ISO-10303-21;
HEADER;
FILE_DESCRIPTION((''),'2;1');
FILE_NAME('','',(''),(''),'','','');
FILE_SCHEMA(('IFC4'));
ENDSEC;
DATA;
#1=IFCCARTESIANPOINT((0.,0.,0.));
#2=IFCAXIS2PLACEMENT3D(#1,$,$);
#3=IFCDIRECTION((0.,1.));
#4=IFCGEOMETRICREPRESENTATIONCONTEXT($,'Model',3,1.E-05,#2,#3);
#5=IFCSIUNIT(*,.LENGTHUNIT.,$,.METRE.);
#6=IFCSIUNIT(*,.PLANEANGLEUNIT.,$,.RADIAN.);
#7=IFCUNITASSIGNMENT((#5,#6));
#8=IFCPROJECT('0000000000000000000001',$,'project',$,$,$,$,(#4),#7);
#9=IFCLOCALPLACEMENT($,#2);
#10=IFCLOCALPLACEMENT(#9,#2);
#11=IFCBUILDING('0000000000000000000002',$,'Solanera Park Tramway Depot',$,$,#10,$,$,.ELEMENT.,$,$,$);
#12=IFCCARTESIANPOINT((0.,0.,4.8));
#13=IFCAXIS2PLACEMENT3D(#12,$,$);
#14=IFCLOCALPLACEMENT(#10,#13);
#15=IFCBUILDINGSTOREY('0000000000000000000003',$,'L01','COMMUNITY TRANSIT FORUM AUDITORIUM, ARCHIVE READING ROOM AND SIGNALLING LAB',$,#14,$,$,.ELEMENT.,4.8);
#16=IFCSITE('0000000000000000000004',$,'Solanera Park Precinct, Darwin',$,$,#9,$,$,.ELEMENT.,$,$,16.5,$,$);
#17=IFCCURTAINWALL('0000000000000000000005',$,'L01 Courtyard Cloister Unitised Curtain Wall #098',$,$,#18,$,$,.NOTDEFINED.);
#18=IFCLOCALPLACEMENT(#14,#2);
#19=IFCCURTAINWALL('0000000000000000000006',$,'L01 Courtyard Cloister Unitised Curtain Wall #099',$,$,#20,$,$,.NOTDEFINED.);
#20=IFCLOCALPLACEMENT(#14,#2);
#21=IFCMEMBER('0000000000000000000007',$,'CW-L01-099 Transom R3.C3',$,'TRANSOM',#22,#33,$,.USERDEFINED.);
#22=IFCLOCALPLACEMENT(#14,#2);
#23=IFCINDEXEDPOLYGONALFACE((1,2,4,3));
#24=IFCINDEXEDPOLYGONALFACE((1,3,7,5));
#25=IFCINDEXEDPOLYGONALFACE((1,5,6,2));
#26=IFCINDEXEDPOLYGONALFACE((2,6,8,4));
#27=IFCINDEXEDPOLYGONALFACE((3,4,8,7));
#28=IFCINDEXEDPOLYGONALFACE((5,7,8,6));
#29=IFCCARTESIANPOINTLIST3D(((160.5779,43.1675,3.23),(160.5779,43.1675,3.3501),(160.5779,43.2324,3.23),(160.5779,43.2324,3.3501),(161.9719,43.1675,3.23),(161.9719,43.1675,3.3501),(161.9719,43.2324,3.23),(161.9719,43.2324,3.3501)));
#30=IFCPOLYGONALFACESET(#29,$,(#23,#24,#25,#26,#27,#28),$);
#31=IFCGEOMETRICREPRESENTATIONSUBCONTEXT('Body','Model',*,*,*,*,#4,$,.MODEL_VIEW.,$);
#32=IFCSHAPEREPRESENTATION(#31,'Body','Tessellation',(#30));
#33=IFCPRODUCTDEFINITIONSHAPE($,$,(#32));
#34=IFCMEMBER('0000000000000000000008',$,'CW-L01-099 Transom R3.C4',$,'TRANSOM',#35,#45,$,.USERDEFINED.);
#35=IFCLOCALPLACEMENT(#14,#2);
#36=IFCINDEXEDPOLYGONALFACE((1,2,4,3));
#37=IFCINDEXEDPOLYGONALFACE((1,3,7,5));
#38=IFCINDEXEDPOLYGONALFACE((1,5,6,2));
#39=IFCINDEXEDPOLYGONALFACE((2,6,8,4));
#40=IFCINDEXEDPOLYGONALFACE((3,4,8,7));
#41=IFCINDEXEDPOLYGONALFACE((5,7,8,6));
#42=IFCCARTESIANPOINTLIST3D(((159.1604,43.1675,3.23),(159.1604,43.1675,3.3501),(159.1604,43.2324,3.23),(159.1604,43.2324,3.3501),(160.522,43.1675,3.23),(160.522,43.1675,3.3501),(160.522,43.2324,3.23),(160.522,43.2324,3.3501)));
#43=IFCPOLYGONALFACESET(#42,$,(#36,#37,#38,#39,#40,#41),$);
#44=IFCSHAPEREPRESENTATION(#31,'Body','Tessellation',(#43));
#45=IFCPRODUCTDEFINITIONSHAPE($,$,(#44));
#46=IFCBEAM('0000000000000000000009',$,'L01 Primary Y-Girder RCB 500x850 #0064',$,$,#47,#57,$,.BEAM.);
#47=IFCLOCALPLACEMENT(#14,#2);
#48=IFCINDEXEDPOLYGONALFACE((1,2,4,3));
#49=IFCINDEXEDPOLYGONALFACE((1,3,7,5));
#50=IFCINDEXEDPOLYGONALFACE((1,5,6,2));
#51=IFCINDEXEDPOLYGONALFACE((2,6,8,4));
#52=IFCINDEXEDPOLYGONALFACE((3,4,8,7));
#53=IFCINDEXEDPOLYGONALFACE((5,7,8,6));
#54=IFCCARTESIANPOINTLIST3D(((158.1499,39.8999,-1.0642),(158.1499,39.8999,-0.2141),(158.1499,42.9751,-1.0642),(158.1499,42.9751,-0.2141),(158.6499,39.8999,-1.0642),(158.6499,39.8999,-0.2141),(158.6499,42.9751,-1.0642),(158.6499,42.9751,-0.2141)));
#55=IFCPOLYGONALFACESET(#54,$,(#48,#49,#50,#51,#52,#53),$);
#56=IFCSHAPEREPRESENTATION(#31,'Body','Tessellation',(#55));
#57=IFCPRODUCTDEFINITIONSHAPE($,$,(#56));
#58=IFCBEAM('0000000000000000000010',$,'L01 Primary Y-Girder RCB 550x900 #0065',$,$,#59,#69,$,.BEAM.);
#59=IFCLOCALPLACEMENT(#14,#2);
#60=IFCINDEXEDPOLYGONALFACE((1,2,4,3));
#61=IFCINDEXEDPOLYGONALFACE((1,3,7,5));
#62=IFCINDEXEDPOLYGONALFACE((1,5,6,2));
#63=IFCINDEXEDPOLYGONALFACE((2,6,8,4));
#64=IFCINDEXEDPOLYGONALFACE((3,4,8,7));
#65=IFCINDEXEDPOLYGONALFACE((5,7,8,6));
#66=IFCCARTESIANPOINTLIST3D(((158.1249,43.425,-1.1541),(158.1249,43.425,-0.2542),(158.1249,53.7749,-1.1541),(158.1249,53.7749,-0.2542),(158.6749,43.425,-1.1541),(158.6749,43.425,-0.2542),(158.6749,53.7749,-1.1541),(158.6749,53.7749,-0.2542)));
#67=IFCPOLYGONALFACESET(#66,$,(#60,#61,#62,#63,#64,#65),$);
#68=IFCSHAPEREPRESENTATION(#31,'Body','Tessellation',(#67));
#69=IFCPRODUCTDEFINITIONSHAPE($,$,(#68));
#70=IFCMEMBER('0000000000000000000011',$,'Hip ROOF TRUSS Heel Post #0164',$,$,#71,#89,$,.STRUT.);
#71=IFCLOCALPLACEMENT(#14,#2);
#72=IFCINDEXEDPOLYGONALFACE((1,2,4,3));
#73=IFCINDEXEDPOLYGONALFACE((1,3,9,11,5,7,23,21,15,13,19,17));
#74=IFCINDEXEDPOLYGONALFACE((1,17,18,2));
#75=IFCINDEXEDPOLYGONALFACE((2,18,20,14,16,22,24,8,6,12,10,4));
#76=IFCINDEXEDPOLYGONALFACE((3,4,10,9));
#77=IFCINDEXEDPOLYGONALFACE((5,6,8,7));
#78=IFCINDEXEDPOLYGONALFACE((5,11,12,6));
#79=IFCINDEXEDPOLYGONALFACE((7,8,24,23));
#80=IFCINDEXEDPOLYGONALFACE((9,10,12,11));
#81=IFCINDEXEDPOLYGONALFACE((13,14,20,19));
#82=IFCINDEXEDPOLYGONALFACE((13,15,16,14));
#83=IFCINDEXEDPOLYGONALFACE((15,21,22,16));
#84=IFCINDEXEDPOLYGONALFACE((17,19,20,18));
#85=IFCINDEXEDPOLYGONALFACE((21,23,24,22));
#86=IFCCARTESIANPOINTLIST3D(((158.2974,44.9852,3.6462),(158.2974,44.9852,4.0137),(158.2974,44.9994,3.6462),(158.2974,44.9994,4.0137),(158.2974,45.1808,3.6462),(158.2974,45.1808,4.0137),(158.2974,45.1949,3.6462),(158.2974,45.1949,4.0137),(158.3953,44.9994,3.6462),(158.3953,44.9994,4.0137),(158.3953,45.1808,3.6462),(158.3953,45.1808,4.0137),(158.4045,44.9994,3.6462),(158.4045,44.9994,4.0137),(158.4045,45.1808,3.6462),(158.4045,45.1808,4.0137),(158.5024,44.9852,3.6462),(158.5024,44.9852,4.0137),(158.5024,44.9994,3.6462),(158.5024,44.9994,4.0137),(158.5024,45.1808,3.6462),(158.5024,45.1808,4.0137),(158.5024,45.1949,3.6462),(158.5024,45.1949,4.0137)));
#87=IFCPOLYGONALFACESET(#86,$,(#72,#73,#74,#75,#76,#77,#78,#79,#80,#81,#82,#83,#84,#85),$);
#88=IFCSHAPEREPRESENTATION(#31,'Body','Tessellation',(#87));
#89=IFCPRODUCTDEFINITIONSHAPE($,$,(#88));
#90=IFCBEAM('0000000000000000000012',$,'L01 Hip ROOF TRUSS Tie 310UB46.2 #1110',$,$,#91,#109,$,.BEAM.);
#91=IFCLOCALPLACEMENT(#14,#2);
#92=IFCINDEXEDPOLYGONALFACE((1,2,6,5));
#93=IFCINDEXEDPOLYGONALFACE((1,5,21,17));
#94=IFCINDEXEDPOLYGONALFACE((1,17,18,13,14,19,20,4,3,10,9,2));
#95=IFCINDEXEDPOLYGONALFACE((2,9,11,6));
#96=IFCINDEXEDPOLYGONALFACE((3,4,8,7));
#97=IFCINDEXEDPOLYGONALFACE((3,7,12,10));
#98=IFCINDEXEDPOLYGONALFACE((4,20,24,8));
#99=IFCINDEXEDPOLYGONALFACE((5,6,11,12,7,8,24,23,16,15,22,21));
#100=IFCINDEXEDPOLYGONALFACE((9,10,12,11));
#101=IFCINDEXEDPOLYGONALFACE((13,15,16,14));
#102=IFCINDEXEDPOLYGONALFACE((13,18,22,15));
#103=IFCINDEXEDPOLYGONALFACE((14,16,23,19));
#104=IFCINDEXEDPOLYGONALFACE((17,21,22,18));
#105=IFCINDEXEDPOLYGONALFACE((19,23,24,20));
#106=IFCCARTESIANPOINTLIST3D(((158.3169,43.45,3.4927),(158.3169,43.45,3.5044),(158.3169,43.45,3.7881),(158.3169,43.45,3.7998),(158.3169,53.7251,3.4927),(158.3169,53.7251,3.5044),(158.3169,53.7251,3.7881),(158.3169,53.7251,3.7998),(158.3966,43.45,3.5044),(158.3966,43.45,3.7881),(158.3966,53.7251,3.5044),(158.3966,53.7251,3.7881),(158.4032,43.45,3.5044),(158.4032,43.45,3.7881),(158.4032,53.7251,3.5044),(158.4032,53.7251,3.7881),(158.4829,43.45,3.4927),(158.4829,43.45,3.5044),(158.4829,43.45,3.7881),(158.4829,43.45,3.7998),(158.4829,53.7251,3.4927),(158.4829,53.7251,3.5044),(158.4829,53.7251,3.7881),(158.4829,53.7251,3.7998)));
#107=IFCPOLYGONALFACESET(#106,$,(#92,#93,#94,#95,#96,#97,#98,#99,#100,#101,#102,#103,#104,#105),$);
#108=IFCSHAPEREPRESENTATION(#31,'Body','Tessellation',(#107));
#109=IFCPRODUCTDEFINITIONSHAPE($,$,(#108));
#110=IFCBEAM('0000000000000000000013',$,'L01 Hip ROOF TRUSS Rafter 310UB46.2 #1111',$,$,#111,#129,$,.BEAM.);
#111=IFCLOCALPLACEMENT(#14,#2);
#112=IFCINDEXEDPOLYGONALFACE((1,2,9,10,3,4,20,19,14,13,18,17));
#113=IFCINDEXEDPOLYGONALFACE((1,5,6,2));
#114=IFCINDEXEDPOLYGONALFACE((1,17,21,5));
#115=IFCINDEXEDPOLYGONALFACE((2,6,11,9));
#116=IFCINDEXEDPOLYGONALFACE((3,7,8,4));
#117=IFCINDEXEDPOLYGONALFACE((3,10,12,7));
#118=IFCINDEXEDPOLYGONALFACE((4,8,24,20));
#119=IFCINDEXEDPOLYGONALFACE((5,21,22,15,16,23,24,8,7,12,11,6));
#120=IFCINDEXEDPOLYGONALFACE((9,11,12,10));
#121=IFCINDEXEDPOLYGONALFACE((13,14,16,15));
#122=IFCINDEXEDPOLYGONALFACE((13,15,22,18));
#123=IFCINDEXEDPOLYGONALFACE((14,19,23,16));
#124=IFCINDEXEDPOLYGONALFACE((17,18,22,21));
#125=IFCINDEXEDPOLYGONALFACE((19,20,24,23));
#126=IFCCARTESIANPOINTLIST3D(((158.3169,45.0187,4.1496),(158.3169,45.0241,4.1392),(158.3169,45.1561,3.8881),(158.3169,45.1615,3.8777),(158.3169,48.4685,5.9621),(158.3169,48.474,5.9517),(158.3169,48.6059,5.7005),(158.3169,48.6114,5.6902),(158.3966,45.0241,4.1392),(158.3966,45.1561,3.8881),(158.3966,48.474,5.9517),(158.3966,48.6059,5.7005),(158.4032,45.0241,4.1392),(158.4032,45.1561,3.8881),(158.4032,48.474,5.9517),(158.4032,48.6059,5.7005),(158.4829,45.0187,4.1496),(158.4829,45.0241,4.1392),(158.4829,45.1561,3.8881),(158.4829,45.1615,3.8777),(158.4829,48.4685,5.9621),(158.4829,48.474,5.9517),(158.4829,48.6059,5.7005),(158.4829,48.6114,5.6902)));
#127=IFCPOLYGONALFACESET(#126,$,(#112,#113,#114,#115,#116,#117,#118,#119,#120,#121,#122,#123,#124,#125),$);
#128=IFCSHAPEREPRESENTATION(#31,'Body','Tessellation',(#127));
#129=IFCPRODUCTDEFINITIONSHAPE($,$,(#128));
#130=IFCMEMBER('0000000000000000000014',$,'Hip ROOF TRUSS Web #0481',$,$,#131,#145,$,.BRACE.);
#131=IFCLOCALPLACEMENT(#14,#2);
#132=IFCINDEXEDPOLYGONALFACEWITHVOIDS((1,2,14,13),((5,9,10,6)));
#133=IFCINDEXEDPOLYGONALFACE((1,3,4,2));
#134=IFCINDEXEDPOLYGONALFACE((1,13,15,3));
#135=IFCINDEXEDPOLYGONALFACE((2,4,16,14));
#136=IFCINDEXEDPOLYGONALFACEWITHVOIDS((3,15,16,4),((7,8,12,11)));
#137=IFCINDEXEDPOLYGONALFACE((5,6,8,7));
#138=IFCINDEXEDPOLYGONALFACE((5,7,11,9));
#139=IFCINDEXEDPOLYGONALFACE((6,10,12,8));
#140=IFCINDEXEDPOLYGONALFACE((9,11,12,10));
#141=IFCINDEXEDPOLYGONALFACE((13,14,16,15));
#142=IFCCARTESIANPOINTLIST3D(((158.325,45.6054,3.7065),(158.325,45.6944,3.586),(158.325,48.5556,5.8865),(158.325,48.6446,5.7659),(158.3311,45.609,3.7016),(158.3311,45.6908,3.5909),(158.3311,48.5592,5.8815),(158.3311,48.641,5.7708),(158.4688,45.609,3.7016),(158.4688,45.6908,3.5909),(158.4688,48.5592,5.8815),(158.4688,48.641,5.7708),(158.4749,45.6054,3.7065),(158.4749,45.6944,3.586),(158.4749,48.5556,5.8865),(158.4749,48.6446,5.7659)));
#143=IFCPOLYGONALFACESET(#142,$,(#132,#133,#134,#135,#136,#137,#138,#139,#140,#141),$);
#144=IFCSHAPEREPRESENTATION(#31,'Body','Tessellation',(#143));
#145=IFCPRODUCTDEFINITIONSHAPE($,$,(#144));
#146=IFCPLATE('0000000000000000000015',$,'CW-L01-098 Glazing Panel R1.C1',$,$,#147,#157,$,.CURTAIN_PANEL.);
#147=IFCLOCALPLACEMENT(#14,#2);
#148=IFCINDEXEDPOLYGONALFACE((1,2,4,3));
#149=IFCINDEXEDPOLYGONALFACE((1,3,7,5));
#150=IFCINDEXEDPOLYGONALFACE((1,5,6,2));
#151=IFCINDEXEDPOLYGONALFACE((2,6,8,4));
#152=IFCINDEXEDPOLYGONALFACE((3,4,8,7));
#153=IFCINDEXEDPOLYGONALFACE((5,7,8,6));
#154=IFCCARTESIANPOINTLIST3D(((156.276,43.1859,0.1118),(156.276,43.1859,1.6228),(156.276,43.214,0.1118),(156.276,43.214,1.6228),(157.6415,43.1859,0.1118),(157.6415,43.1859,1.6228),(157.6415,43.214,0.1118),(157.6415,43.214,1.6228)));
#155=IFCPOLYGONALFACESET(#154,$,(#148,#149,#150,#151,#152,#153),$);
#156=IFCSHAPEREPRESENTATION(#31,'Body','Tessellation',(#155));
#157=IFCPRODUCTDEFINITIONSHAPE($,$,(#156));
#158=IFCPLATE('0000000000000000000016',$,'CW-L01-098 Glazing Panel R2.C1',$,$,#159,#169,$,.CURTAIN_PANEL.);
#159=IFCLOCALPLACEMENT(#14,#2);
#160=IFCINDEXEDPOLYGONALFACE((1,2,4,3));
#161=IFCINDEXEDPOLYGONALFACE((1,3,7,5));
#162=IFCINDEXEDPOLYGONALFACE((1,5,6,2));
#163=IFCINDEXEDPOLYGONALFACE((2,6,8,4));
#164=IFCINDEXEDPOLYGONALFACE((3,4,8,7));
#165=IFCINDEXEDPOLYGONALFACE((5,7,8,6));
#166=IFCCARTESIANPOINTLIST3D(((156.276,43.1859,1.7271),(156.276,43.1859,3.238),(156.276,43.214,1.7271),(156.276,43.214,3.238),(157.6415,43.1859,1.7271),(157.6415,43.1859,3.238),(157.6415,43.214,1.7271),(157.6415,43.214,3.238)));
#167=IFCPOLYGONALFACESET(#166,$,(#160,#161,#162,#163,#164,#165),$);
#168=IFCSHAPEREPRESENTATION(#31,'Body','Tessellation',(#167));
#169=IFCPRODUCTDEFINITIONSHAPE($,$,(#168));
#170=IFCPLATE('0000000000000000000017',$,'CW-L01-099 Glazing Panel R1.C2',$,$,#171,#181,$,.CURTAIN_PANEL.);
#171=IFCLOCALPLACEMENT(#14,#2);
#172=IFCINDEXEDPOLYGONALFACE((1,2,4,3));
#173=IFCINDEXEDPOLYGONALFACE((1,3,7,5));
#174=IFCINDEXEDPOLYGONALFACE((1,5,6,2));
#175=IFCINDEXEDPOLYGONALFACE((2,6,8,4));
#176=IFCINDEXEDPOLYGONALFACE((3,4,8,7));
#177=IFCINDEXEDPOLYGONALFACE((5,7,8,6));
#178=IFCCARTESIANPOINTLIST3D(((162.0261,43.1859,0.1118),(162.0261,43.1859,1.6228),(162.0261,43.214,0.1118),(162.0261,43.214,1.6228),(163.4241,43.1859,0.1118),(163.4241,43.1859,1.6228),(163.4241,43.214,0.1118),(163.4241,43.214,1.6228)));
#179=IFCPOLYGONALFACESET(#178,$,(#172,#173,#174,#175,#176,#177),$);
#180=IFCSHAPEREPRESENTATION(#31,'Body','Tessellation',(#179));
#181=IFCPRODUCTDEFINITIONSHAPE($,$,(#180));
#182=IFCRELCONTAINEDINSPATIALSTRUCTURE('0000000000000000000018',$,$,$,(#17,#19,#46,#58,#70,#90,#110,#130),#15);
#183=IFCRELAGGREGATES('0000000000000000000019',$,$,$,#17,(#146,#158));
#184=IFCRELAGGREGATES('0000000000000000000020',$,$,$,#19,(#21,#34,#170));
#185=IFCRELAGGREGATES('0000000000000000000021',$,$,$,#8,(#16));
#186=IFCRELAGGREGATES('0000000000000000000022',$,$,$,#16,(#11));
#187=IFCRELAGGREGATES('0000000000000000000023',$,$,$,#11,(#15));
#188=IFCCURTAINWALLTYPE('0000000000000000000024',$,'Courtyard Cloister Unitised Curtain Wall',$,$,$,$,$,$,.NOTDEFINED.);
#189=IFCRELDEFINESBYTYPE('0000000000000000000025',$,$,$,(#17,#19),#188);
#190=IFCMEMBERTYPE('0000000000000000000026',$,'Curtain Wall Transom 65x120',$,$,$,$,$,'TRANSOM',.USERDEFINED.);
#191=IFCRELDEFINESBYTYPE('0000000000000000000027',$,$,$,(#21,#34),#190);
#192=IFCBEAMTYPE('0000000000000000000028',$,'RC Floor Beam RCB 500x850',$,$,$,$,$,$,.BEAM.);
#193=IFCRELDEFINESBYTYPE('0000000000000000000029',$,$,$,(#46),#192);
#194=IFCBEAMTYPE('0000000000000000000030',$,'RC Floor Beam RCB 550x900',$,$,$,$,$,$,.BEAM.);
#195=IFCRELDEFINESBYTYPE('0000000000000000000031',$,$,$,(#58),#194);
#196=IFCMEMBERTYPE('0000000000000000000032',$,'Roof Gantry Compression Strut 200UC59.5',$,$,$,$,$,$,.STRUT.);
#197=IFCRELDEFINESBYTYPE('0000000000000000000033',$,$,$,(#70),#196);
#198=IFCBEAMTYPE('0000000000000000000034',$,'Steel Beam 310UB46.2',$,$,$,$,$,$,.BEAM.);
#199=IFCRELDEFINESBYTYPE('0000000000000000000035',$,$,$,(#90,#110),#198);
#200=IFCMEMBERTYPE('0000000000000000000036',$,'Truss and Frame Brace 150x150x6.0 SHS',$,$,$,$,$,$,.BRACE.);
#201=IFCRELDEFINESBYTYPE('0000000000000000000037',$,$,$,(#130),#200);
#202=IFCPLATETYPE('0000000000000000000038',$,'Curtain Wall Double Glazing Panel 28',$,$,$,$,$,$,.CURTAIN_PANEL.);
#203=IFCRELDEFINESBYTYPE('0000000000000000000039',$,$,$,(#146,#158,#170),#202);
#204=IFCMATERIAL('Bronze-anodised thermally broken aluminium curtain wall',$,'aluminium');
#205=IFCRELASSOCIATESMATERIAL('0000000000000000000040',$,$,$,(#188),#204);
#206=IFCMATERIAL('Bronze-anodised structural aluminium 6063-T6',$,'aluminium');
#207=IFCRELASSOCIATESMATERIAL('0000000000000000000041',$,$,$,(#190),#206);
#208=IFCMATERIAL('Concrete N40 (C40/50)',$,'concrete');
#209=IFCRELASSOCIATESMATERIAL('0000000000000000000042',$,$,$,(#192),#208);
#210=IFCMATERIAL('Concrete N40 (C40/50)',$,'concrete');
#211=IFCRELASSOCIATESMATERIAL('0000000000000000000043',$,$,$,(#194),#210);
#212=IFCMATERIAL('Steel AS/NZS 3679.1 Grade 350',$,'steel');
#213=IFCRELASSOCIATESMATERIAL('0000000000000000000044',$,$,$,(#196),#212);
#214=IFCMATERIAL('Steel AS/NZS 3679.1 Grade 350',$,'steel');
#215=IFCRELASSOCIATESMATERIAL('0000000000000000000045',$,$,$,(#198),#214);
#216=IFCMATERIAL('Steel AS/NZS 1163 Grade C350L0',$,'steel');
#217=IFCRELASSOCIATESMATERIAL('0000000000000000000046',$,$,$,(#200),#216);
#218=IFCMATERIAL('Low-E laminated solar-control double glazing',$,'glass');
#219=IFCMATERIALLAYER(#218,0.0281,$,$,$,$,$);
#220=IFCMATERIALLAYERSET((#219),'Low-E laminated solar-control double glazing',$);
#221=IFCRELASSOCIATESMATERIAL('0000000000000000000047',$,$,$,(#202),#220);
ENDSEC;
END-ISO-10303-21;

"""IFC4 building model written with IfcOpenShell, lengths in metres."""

from ifc_helpers import new_model, si_unit, direction, frame, origin, origin_2d, place, context, subcontext, project, spatial, rectangle, hollow_rectangle, i_section, extrude, material, layer, layer_set, material_profile, profile_set, type_object, element, aggregate, save


model = new_model("IFC4")

# Units and contexts
model_context = context("Model", 3, precision=1e-05, world=origin(), true_north=direction((0.0, 1.0)))
body_context = subcontext(model_context, "Body", "Model", "MODEL_VIEW")
ifc_project = project(units=[si_unit("LENGTHUNIT", "METRE"), si_unit("PLANEANGLEUNIT", "RADIAN")], contexts=[model_context])

# Site, building, storey
site_placement = place(None, origin())
site = spatial("IfcSite", under=ifc_project, at=site_placement, Name="Solanera Park Precinct, Darwin", CompositionType="ELEMENT", RefElevation=16.5)
building_placement = place(site_placement, origin())
building = spatial("IfcBuilding", under=site, at=building_placement, Name="Solanera Park Tramway Depot", CompositionType="ELEMENT")
storey_placement = place(building_placement, frame((0.0, 0.0, 4.8)))
storey = spatial("IfcBuildingStorey", under=building, at=storey_placement, Name="L01", Description="COMMUNITY TRANSIT FORUM AUDITORIUM, ARCHIVE READING ROOM AND SIGNALLING LAB", CompositionType="ELEMENT", Elevation=4.8)

# Curtain walls
ifc_material_1 = material(Name="Bronze-anodised thermally broken aluminium curtain wall", Category="aluminium")
curtain_wall_type = type_object("IfcCurtainWallType", Name="Courtyard Cloister Unitised Curtain Wall", PredefinedType="NOTDEFINED", material=ifc_material_1)
curtain_wall_1_placement = place(storey_placement, origin())
curtain_wall_1 = element("IfcCurtainWall", 1, at=curtain_wall_1_placement, inside=storey, type_object=curtain_wall_type, Name="L01 Courtyard Cloister Unitised Curtain Wall #098", PredefinedType="NOTDEFINED")
curtain_wall_2_placement = place(storey_placement, origin())
curtain_wall_2 = element("IfcCurtainWall", 2, at=curtain_wall_2_placement, inside=storey, type_object=curtain_wall_type, Name="L01 Courtyard Cloister Unitised Curtain Wall #099", PredefinedType="NOTDEFINED")

# Members
ifc_material_2 = material(Name="Bronze-anodised structural aluminium 6063-T6", Category="aluminium")
ifc_material_profile_1 = material_profile(ifc_material_2, rectangle(XDim=0.0649, YDim=0.1201, at=origin_2d()), Name="Curtain Wall Transom 65x120")
ifc_profile_set_1 = profile_set([ifc_material_profile_1], Name="Bronze-anodised structural aluminium 6063-T6")
member_type_1 = type_object("IfcMemberType", Name="Curtain Wall Transom 65x120", ElementType="TRANSOM", PredefinedType="USERDEFINED", material=ifc_profile_set_1)
member_1_placement = place(storey_placement, frame((161.9719, 43.2, 3.29), z_axis=(-1.0, 0.0, 0.0), x_axis=(0.0, -1.0, 0.0)))
member_1 = element("IfcMember", 3, at=member_1_placement, type_object=member_type_1, Name="CW-L01-099 Transom R3.C3", ObjectType="TRANSOM", PredefinedType="USERDEFINED", context=body_context, shape_type="SweptSolid", body=[
    extrude(rectangle(XDim=0.0649, YDim=0.1201, at=origin_2d()), origin(), (0.0, 0.0, 1.0), 1.394),
])
member_2_placement = place(storey_placement, frame((160.522, 43.2, 3.29), z_axis=(-1.0, 0.0, 0.0), x_axis=(0.0, -1.0, 0.0)))
member_2 = element("IfcMember", 4, at=member_2_placement, type_object=member_type_1, Name="CW-L01-099 Transom R3.C4", ObjectType="TRANSOM", PredefinedType="USERDEFINED", context=body_context, shape_type="SweptSolid", body=[
    extrude(rectangle(XDim=0.0649, YDim=0.1201, at=origin_2d()), origin(), (0.0, 0.0, 1.0), 1.3616),
])

# Beams
ifc_material_3 = material(Name="Concrete N40 (C40/50)", Category="concrete")
ifc_material_profile_2 = material_profile(ifc_material_3, rectangle(XDim=0.5, YDim=0.8501, at=origin_2d()), Name="RCB 500x850")
ifc_profile_set_2 = profile_set([ifc_material_profile_2], Name="Concrete N40 (C40/50)")
beam_type_1 = type_object("IfcBeamType", Name="RC Floor Beam RCB 500x850", PredefinedType="BEAM", material=ifc_profile_set_2)
beam_1_placement = place(storey_placement, frame((158.3999, 39.8999, -0.6392), z_axis=(0.0, 1.0, 0.0), x_axis=(-1.0, 0.0, 0.0)))
element("IfcBeam", 5, at=beam_1_placement, inside=storey, type_object=beam_type_1, Name="L01 Primary Y-Girder RCB 500x850 #0064", PredefinedType="BEAM", context=body_context, shape_type="SweptSolid", body=[
    extrude(rectangle(XDim=0.5, YDim=0.8501, at=origin_2d()), origin(), (0.0, 0.0, 1.0), 3.0752),
])
ifc_material_4 = material(Name="Concrete N40 (C40/50)", Category="concrete")
ifc_material_profile_3 = material_profile(ifc_material_4, rectangle(XDim=0.55, YDim=0.8999, at=origin_2d()), Name="RCB 550x900")
ifc_profile_set_3 = profile_set([ifc_material_profile_3], Name="Concrete N40 (C40/50)")
beam_type_2 = type_object("IfcBeamType", Name="RC Floor Beam RCB 550x900", PredefinedType="BEAM", material=ifc_profile_set_3)
beam_2_placement = place(storey_placement, frame((158.3999, 43.425, -0.7041), z_axis=(0.0, 1.0, 0.0), x_axis=(-1.0, 0.0, 0.0)))
element("IfcBeam", 6, at=beam_2_placement, inside=storey, type_object=beam_type_2, Name="L01 Primary Y-Girder RCB 550x900 #0065", PredefinedType="BEAM", context=body_context, shape_type="SweptSolid", body=[
    extrude(rectangle(XDim=0.55, YDim=0.8999, at=origin_2d()), origin(), (0.0, 0.0, 1.0), 10.3499),
])

# Member
ifc_material_5 = material(Name="Steel AS/NZS 3679.1 Grade 350", Category="steel")
ifc_material_profile_4 = material_profile(ifc_material_5, i_section(OverallWidth=0.2051, OverallDepth=0.2097, WebThickness=0.0093, FlangeThickness=0.0142, at=origin_2d()), Name="200UC59.5")
ifc_profile_set_4 = profile_set([ifc_material_profile_4], Name="Steel AS/NZS 3679.1 Grade 350")
member_type_2 = type_object("IfcMemberType", Name="Roof Gantry Compression Strut 200UC59.5", PredefinedType="STRUT", material=ifc_profile_set_4)
member_3_placement = place(storey_placement, frame((158.3999, 45.0901, 3.6462), z_axis=(0.0, 0.0, 1.0), x_axis=(1.0, 0.0, 0.0)))
element("IfcMember", 7, at=member_3_placement, inside=storey, type_object=member_type_2, Name="Hip ROOF TRUSS Heel Post #0164", PredefinedType="STRUT", context=body_context, shape_type="SweptSolid", body=[
    extrude(i_section(OverallWidth=0.2051, OverallDepth=0.2097, WebThickness=0.0093, FlangeThickness=0.0142, at=origin_2d()), origin(), (0.0, 0.0, 1.0), 0.3674),
])

# Beams
ifc_material_6 = material(Name="Steel AS/NZS 3679.1 Grade 350", Category="steel")
ifc_material_profile_5 = material_profile(ifc_material_6, i_section(OverallWidth=0.166, OverallDepth=0.3071, WebThickness=0.0066, FlangeThickness=0.0117, at=origin_2d()), Name="310UB46.2")
ifc_profile_set_5 = profile_set([ifc_material_profile_5], Name="Steel AS/NZS 3679.1 Grade 350")
beam_type_3 = type_object("IfcBeamType", Name="Steel Beam 310UB46.2", PredefinedType="BEAM", material=ifc_profile_set_5)
beam_3_placement = place(storey_placement, frame((158.3999, 43.45, 3.6462), z_axis=(0.0, 1.0, 0.0), x_axis=(-1.0, 0.0, 0.0)))
element("IfcBeam", 8, at=beam_3_placement, inside=storey, type_object=beam_type_3, Name="L01 Hip ROOF TRUSS Tie 310UB46.2 #1110", PredefinedType="BEAM", context=body_context, shape_type="SweptSolid", body=[
    extrude(i_section(OverallWidth=0.166, OverallDepth=0.3071, WebThickness=0.0066, FlangeThickness=0.0117, at=origin_2d()), origin(), (0.0, 0.0, 1.0), 10.2751),
])
beam_4_placement = place(storey_placement, frame((158.3999, 45.0901, 4.0137), z_axis=(0.0, 0.885263, 0.46509), x_axis=(-1.0, 0.0, 0.0)))
element("IfcBeam", 9, at=beam_4_placement, inside=storey, type_object=beam_type_3, Name="L01 Hip ROOF TRUSS Rafter 310UB46.2 #1111", PredefinedType="BEAM", context=body_context, shape_type="SweptSolid", body=[
    extrude(i_section(OverallWidth=0.166, OverallDepth=0.3071, WebThickness=0.0066, FlangeThickness=0.0117, at=origin_2d()), origin(), (0.0, 0.0, 1.0), 3.897),
])

# Member
ifc_material_7 = material(Name="Steel AS/NZS 1163 Grade C350L0", Category="steel")
ifc_material_profile_6 = material_profile(ifc_material_7, hollow_rectangle(XDim=0.1499, YDim=0.1499, WallThickness=0.0061, at=origin_2d()), Name="150x150x6.0 SHS")
ifc_profile_set_6 = profile_set([ifc_material_profile_6], Name="Steel AS/NZS 1163 Grade C350L0")
member_type_3 = type_object("IfcMemberType", Name="Truss and Frame Brace 150x150x6.0 SHS", PredefinedType="BRACE", material=ifc_profile_set_6)
member_4_placement = place(storey_placement, frame((158.3999, 45.6499, 3.6462), z_axis=(0.0, 0.804261, 0.594277), x_axis=(-1.0, 0.0, 0.0)))
element("IfcMember", 10, at=member_4_placement, inside=storey, type_object=member_type_3, Name="Hip ROOF TRUSS Web #0481", PredefinedType="BRACE", context=body_context, shape_type="SweptSolid", body=[
    extrude(hollow_rectangle(XDim=0.1499, YDim=0.1499, WallThickness=0.0061, at=origin_2d()), origin(), (0.0, 0.0, 1.0), 3.6682),
])

# Plates
ifc_material_8 = material(Name="Low-E laminated solar-control double glazing", Category="glass")
ifc_layer_1 = layer(ifc_material_8, 0.0281)
ifc_layer_set_1 = layer_set([ifc_layer_1], Name="Low-E laminated solar-control double glazing")
plate_type_1 = type_object("IfcPlateType", Name="Curtain Wall Double Glazing Panel 28", PredefinedType="CURTAIN_PANEL", material=ifc_layer_set_1)
plate_1_placement = place(storey_placement, frame((156.9587, 43.2, 0.1118), z_axis=(0.0, 0.0, 1.0), x_axis=(-1.0, 0.0, 0.0)))
plate_1 = element("IfcPlate", 11, at=plate_1_placement, type_object=plate_type_1, Name="CW-L01-098 Glazing Panel R1.C1", PredefinedType="CURTAIN_PANEL", context=body_context, shape_type="SweptSolid", body=[
    extrude(rectangle(XDim=1.3655, YDim=0.0281, at=origin_2d()), origin(), (0.0, 0.0, 1.0), 1.511),
])
plate_2_placement = place(storey_placement, frame((156.9587, 43.2, 1.7271), z_axis=(0.0, 0.0, 1.0), x_axis=(-1.0, 0.0, 0.0)))
plate_2 = element("IfcPlate", 12, at=plate_2_placement, type_object=plate_type_1, Name="CW-L01-098 Glazing Panel R2.C1", PredefinedType="CURTAIN_PANEL", context=body_context, shape_type="SweptSolid", body=[
    extrude(rectangle(XDim=1.3655, YDim=0.0281, at=origin_2d()), origin(), (0.0, 0.0, 1.0), 1.511),
])
aggregate(curtain_wall_1, [plate_1, plate_2])
plate_3_placement = place(storey_placement, frame((162.7251, 43.2, 0.1118), z_axis=(0.0, 0.0, 1.0), x_axis=(-1.0, 0.0, 0.0)))
plate_3 = element("IfcPlate", 13, at=plate_3_placement, type_object=plate_type_1, Name="CW-L01-099 Glazing Panel R1.C2", PredefinedType="CURTAIN_PANEL", context=body_context, shape_type="SweptSolid", body=[
    extrude(rectangle(XDim=1.3979, YDim=0.0281, at=origin_2d()), origin(), (0.0, 0.0, 1.0), 1.511),
])
aggregate(curtain_wall_2, [member_1, member_2, plate_3])

save(model, "model.ifc")
